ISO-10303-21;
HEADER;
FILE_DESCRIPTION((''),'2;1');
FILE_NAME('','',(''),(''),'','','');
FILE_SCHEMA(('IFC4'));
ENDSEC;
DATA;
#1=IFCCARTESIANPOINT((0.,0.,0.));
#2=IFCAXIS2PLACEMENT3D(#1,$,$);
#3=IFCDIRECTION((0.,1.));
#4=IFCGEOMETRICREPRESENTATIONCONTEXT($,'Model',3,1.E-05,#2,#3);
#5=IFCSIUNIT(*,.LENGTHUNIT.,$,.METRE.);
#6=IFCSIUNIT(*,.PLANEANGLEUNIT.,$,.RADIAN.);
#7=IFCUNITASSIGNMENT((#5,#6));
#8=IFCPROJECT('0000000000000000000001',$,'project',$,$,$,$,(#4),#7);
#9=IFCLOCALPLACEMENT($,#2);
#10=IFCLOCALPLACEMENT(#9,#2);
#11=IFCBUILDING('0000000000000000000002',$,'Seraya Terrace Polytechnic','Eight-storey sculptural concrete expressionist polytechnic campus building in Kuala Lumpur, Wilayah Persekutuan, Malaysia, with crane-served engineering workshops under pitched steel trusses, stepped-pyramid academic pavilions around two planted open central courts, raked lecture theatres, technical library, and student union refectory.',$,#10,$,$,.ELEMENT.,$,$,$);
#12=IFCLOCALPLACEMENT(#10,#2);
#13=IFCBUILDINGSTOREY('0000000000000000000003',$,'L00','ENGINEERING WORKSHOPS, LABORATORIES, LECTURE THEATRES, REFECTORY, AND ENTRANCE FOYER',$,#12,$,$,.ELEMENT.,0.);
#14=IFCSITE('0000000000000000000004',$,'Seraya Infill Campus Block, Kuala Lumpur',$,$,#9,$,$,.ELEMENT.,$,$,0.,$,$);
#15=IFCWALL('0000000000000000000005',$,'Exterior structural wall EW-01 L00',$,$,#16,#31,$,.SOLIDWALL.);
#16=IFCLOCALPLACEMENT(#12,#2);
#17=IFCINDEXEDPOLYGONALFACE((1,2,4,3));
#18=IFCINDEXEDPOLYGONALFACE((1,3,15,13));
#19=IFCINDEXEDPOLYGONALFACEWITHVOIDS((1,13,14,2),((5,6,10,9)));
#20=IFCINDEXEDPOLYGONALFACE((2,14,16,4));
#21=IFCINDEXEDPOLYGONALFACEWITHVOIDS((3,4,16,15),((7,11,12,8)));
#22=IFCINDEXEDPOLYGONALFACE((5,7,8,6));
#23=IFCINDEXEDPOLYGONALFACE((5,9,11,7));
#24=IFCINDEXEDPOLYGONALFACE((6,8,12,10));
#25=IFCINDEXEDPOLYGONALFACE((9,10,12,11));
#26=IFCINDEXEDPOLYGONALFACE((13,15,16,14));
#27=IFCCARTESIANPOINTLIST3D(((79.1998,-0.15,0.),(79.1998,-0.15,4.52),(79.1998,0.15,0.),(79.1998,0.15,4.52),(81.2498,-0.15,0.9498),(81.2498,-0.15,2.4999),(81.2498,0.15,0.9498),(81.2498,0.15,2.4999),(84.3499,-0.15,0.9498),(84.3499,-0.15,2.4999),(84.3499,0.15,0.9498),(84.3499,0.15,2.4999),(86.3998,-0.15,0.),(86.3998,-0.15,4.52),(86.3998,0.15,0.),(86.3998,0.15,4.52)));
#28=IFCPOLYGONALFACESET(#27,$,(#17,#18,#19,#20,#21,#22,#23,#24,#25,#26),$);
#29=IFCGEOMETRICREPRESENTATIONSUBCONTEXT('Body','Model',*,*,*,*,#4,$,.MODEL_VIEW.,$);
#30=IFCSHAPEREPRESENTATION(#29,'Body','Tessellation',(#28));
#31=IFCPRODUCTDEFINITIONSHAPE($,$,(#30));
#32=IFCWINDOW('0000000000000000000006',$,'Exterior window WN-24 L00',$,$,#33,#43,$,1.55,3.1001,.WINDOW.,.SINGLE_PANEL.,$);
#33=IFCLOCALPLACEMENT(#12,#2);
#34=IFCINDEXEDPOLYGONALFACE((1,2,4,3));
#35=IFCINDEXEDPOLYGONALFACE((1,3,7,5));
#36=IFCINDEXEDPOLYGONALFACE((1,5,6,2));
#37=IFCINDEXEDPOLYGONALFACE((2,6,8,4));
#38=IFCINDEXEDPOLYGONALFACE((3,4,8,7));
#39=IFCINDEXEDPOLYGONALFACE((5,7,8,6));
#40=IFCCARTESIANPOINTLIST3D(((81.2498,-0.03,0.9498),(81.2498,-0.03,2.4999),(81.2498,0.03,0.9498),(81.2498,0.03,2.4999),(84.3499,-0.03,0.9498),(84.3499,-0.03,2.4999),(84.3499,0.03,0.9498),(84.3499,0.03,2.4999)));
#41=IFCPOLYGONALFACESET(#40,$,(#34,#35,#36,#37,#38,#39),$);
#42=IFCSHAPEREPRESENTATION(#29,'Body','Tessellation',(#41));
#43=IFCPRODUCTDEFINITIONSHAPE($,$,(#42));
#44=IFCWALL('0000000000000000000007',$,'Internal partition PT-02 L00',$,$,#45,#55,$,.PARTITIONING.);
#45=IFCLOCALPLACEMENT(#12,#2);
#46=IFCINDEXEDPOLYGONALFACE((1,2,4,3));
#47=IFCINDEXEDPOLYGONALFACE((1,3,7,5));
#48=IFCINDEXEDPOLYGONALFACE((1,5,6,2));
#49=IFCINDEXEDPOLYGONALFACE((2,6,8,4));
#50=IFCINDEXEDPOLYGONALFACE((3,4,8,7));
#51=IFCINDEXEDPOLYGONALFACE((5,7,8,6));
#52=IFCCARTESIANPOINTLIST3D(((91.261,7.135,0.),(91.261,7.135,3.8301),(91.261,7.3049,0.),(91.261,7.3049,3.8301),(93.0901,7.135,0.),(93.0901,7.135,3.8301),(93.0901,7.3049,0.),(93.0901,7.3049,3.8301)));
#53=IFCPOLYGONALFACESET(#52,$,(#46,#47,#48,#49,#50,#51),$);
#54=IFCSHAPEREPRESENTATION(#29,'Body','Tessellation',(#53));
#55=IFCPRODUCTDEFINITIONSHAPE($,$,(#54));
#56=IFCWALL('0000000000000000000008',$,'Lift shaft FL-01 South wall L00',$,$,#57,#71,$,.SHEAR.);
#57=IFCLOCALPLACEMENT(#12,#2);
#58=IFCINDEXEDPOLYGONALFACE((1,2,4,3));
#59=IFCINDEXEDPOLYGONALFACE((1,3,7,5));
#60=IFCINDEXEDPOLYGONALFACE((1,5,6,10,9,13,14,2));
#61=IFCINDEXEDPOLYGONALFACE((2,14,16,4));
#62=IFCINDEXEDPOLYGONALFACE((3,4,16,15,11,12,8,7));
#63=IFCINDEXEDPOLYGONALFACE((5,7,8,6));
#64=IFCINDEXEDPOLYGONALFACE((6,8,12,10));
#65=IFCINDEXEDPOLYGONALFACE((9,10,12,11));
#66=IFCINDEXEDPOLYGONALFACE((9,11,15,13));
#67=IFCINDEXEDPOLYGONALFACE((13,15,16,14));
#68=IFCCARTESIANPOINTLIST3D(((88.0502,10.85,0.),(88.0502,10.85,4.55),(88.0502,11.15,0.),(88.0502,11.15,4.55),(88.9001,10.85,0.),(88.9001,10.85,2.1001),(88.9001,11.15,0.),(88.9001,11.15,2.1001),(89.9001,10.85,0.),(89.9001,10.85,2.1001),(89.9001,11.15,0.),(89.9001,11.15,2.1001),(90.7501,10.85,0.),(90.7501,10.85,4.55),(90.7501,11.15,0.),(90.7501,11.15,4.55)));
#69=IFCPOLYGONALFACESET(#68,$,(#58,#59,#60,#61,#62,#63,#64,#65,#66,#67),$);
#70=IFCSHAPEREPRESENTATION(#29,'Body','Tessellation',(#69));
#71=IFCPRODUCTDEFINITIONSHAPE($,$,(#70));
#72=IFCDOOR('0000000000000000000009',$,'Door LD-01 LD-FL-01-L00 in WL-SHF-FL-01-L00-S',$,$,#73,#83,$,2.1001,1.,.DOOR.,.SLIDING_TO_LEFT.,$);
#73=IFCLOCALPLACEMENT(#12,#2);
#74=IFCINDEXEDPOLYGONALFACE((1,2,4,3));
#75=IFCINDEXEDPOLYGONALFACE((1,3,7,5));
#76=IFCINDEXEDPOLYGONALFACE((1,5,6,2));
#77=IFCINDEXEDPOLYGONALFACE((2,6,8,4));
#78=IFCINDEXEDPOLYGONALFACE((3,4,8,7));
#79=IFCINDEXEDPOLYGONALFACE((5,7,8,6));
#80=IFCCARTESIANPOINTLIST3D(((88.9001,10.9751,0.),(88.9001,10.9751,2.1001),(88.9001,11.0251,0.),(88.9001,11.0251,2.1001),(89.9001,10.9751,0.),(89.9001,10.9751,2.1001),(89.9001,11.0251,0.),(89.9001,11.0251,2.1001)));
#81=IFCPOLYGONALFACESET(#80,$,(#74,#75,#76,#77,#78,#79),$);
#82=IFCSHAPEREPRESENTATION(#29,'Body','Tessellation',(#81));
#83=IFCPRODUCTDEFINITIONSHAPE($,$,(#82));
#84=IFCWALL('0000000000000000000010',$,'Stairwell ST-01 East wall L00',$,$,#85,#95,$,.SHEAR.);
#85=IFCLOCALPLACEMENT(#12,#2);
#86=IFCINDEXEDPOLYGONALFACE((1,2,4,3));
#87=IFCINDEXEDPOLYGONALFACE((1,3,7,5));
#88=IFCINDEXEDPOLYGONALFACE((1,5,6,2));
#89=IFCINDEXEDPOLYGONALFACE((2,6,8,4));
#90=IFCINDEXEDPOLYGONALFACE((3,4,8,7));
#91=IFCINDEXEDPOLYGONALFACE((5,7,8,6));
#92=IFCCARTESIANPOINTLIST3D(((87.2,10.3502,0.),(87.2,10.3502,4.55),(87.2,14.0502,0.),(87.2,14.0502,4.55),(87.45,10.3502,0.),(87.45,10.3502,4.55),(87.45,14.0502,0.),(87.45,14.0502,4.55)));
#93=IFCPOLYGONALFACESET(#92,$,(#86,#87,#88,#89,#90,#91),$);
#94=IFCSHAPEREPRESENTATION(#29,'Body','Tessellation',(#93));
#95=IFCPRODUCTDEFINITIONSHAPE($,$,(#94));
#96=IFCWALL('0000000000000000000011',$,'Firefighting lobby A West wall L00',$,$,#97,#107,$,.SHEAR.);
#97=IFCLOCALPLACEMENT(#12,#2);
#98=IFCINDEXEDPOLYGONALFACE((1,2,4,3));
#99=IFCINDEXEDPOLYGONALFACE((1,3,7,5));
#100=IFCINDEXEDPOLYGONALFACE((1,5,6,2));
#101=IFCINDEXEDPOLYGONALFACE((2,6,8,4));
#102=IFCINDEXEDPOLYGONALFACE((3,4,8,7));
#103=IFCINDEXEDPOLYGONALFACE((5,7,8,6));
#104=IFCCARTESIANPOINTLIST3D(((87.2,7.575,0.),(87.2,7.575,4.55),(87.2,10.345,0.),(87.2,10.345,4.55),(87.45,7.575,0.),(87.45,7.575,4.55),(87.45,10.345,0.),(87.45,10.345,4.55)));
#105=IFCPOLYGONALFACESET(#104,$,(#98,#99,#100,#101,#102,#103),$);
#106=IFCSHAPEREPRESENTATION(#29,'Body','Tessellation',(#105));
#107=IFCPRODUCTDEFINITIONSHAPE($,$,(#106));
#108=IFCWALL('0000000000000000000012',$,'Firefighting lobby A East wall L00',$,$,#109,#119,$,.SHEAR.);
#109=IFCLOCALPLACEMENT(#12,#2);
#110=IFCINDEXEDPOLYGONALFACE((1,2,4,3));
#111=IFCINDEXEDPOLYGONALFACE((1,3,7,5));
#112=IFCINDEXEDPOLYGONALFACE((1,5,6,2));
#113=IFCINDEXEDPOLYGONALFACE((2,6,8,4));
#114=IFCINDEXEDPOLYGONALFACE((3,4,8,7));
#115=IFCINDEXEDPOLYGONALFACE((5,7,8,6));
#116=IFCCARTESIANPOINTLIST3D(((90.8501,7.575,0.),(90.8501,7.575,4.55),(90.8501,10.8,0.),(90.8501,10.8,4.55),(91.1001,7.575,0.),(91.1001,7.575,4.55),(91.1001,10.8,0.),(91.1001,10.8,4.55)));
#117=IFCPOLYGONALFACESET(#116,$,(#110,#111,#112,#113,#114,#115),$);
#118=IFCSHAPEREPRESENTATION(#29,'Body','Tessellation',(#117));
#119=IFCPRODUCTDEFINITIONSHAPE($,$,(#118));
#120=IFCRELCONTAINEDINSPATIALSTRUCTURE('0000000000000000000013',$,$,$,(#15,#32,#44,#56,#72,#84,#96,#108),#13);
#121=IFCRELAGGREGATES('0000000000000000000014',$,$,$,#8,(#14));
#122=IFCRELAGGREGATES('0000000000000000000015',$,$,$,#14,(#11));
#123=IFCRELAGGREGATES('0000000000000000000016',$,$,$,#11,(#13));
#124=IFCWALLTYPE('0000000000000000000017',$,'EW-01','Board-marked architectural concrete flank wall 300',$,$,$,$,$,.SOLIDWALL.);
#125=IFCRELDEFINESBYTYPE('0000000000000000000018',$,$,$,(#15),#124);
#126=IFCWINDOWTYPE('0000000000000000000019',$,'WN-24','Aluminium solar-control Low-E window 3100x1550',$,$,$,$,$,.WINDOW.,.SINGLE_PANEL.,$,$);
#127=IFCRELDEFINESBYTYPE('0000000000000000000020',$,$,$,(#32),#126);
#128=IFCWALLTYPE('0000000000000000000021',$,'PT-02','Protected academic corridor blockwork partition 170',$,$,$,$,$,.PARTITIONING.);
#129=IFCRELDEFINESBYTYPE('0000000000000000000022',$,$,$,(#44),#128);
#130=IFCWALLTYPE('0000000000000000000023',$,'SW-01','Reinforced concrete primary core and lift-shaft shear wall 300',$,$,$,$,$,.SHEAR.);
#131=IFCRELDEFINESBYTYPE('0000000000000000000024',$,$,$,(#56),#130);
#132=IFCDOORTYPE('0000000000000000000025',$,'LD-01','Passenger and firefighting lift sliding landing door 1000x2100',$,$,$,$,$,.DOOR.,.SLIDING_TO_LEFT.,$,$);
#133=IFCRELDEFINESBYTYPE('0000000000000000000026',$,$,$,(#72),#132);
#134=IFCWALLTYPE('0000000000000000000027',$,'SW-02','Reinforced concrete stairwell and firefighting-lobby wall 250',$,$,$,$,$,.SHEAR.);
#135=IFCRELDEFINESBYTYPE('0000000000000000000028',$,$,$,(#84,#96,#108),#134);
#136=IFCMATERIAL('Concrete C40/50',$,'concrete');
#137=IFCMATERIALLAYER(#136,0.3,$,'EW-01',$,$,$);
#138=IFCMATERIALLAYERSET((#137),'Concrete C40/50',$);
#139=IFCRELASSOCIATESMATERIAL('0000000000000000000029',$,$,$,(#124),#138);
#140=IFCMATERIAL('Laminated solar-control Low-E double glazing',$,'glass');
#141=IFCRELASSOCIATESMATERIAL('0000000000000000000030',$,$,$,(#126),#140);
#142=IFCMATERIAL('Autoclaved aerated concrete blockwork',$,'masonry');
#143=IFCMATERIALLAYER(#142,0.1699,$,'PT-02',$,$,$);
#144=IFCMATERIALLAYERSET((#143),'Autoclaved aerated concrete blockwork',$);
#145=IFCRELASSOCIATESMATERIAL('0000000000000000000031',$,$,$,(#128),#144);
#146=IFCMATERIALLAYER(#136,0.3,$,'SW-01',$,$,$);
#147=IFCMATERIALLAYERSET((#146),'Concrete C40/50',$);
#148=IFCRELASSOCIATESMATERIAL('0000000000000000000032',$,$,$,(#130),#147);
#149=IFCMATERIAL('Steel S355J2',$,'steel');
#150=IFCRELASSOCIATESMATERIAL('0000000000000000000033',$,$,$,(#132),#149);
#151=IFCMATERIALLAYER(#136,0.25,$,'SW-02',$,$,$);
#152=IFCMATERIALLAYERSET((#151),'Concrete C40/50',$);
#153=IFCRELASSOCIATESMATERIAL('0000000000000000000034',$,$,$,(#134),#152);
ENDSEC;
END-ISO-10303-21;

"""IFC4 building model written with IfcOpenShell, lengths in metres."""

from ifc_helpers import new_model, si_unit, direction, frame, frame_2d, origin, place, context, subcontext, project, spatial, rectangle, extrude, material, layer, layer_set, type_object, element, fill, save


model = new_model("IFC4")

# Units and contexts
model_context = context("Model", 3, precision=1e-05, world=origin(), true_north=direction((0.0, 1.0)))
body_context = subcontext(model_context, "Body", "Model", "MODEL_VIEW")
ifc_project = project(units=[si_unit("LENGTHUNIT", "METRE"), si_unit("PLANEANGLEUNIT", "RADIAN")], contexts=[model_context])

# Site, building, storey
site_placement = place(None, origin())
site = spatial("IfcSite", under=ifc_project, at=site_placement, Name="Seraya Infill Campus Block, Kuala Lumpur", CompositionType="ELEMENT", RefElevation=0.0)
building_placement = place(site_placement, origin())
building = spatial("IfcBuilding", under=site, at=building_placement, Name="Seraya Terrace Polytechnic", Description="Eight-storey sculptural concrete expressionist polytechnic campus building in Kuala Lumpur, Wilayah Persekutuan, Malaysia, with crane-served engineering workshops under pitched steel trusses, stepped-pyramid academic pavilions around two planted open central courts, raked lecture theatres, technical library, and student union refectory.", CompositionType="ELEMENT")
storey_placement = place(building_placement, origin())
storey = spatial("IfcBuildingStorey", under=building, at=storey_placement, Name="L00", Description="ENGINEERING WORKSHOPS, LABORATORIES, LECTURE THEATRES, REFECTORY, AND ENTRANCE FOYER", CompositionType="ELEMENT", Elevation=0.0)

# Shared definitions
ifc_material_1 = material(Name="Concrete C40/50", Category="concrete")

# Wall, opening, window
ifc_layer_1 = layer(ifc_material_1, 0.3, Name="EW-01")
ifc_layer_set_1 = layer_set([ifc_layer_1], Name="Concrete C40/50")
wall_type_1 = type_object("IfcWallType", Name="EW-01", Description="Board-marked architectural concrete flank wall 300", PredefinedType="SOLIDWALL", material=ifc_layer_set_1)
wall_1_placement = place(storey_placement, frame((86.3999, 0.0, 0.0), z_axis=(0.0, 0.0, 1.0), x_axis=(-1.0, 0.0, 0.0)))
wall_1 = element("IfcWall", 1, at=wall_1_placement, inside=storey, type_object=wall_type_1, Name="Exterior structural wall EW-01 L00", PredefinedType="SOLIDWALL", context=body_context, shape_type="SweptSolid", body=[
    extrude(rectangle(XDim=7.2, YDim=0.3, at=frame_2d((3.6001, 0.0))), origin(), (0.0, 0.0, 1.0), 4.52),
])
opening_1_placement = place(wall_1_placement, frame((2.05, 0.0, 0.95)))
opening_1 = element("IfcOpeningElement", 2, at=opening_1_placement, cuts=wall_1, PredefinedType="OPENING", context=body_context, shape_type="SweptSolid", body=[
    extrude(rectangle(XDim=3.1001, YDim=1.55, at=frame_2d((1.55, 0.7749))), frame((0.0, 0.1621, 0.0), z_axis=(0.0, -1.0, 0.0), x_axis=(1.0, 0.0, 0.0)), (0.0, 0.0, 1.0), 0.324),
])
ifc_material_2 = material(Name="Laminated solar-control Low-E double glazing", Category="glass")
window_type = type_object("IfcWindowType", Name="WN-24", Description="Aluminium solar-control Low-E window 3100x1550", PartitioningType="SINGLE_PANEL", PredefinedType="WINDOW", material=ifc_material_2)
window_placement = place(opening_1_placement, origin())
window = element("IfcWindow", 3, at=window_placement, inside=storey, type_object=window_type, Name="Exterior window WN-24 L00", OverallHeight=1.55, OverallWidth=3.1001, PartitioningType="SINGLE_PANEL", PredefinedType="WINDOW", context=body_context, shape_type="SweptSolid", body=[
    extrude(rectangle(XDim=3.1001, YDim=1.55, at=frame_2d((1.55, 0.7749))), frame((0.0, 0.03, 0.0), z_axis=(0.0, -1.0, 0.0), x_axis=(1.0, 0.0, 0.0)), (0.0, 0.0, 1.0), 0.0601),
])
fill(opening_1, window)

# Wall
ifc_material_3 = material(Name="Autoclaved aerated concrete blockwork", Category="masonry")
ifc_layer_2 = layer(ifc_material_3, 0.1699, Name="PT-02")
ifc_layer_set_2 = layer_set([ifc_layer_2], Name="Autoclaved aerated concrete blockwork")
wall_type_2 = type_object("IfcWallType", Name="PT-02", Description="Protected academic corridor blockwork partition 170", PredefinedType="PARTITIONING", material=ifc_layer_set_2)
wall_2_placement = place(storey_placement, frame((91.261, 7.22, 0.0), z_axis=(0.0, 0.0, 1.0), x_axis=(1.0, 0.0, 0.0)))
element("IfcWall", 4, at=wall_2_placement, inside=storey, type_object=wall_type_2, Name="Internal partition PT-02 L00", PredefinedType="PARTITIONING", context=body_context, shape_type="SweptSolid", body=[
    extrude(rectangle(XDim=1.8291, YDim=0.1699, at=frame_2d((0.9146, 0.0))), origin(), (0.0, 0.0, 1.0), 3.8301),
])

# Wall, opening, door
ifc_layer_3 = layer(ifc_material_1, 0.3, Name="SW-01")
ifc_layer_set_3 = layer_set([ifc_layer_3], Name="Concrete C40/50")
wall_type_3 = type_object("IfcWallType", Name="SW-01", Description="Reinforced concrete primary core and lift-shaft shear wall 300", PredefinedType="SHEAR", material=ifc_layer_set_3)
wall_3_placement = place(storey_placement, frame((88.05, 11.0, 0.0), z_axis=(0.0, 0.0, 1.0), x_axis=(1.0, 0.0, 0.0)))
wall_3 = element("IfcWall", 5, at=wall_3_placement, inside=storey, type_object=wall_type_3, Name="Lift shaft FL-01 South wall L00", PredefinedType="SHEAR", context=body_context, shape_type="SweptSolid", body=[
    extrude(rectangle(XDim=2.7, YDim=0.3, at=frame_2d((1.3501, 0.0))), origin(), (0.0, 0.0, 1.0), 4.55),
])
opening_2_placement = place(wall_3_placement, frame((0.8501, 0.0, 0.0)))
opening_2 = element("IfcOpeningElement", 6, at=opening_2_placement, cuts=wall_3, PredefinedType="OPENING", context=body_context, shape_type="SweptSolid", body=[
    extrude(rectangle(XDim=1.0, YDim=2.1001, at=frame_2d((0.5, 1.05))), frame((0.0, 0.1621, 0.0), z_axis=(0.0, -1.0, 0.0), x_axis=(1.0, 0.0, 0.0)), (0.0, 0.0, 1.0), 0.324),
])
ifc_material_4 = material(Name="Steel S355J2", Category="steel")
door_type_1 = type_object("IfcDoorType", Name="LD-01", Description="Passenger and firefighting lift sliding landing door 1000x2100", OperationType="SLIDING_TO_LEFT", PredefinedType="DOOR", material=ifc_material_4)
door_1_placement = place(opening_2_placement, frame((1.0, 0.0, 0.0), z_axis=(0.0, 0.0, 1.0), x_axis=(-1.0, 0.0, 0.0)))
door_1 = element("IfcDoor", 7, at=door_1_placement, inside=storey, type_object=door_type_1, Name="Door LD-01 LD-FL-01-L00 in WL-SHF-FL-01-L00-S", OperationType="SLIDING_TO_LEFT", OverallHeight=2.1001, OverallWidth=1.0, PredefinedType="DOOR", context=body_context, shape_type="SweptSolid", body=[
    extrude(rectangle(XDim=1.0, YDim=2.1001, at=frame_2d((0.5, 1.05))), frame((0.0, 0.0249, 0.0), z_axis=(0.0, -1.0, 0.0), x_axis=(1.0, 0.0, 0.0)), (0.0, 0.0, 1.0), 0.05),
])
fill(opening_2, door_1)

# Wall
ifc_layer_4 = layer(ifc_material_1, 0.25, Name="SW-02")
ifc_layer_set_4 = layer_set([ifc_layer_4], Name="Concrete C40/50")
wall_type_4 = type_object("IfcWallType", Name="SW-02", Description="Reinforced concrete stairwell and firefighting-lobby wall 250", PredefinedType="SHEAR", material=ifc_layer_set_4)
wall_4_placement = place(storey_placement, frame((87.325, 10.3501, 0.0), z_axis=(0.0, 0.0, 1.0), x_axis=(0.0, 1.0, 0.0)))
element("IfcWall", 8, at=wall_4_placement, inside=storey, type_object=wall_type_4, Name="Stairwell ST-01 East wall L00", PredefinedType="SHEAR", context=body_context, shape_type="SweptSolid", body=[
    extrude(rectangle(XDim=3.7, YDim=0.25, at=frame_2d((1.8501, 0.0))), origin(), (0.0, 0.0, 1.0), 4.55),
])

# Walls
wall_5_placement = place(storey_placement, frame((87.325, 7.575, 0.0), z_axis=(0.0, 0.0, 1.0), x_axis=(0.0, 1.0, 0.0)))
element("IfcWall", 9, at=wall_5_placement, inside=storey, type_object=wall_type_4, Name="Firefighting lobby A West wall L00", PredefinedType="SHEAR", context=body_context, shape_type="SweptSolid", body=[
    extrude(rectangle(XDim=2.77, YDim=0.25, at=frame_2d((1.385, 0.0))), origin(), (0.0, 0.0, 1.0), 4.55),
])
wall_6_placement = place(storey_placement, frame((90.9751, 7.575, 0.0), z_axis=(0.0, 0.0, 1.0), x_axis=(0.0, 1.0, 0.0)))
element("IfcWall", 10, at=wall_6_placement, inside=storey, type_object=wall_type_4, Name="Firefighting lobby A East wall L00", PredefinedType="SHEAR", context=body_context, shape_type="SweptSolid", body=[
    extrude(rectangle(XDim=3.2251, YDim=0.25, at=frame_2d((1.6125, 0.0))), origin(), (0.0, 0.0, 1.0), 4.55),
])

save(model, "model.ifc")
